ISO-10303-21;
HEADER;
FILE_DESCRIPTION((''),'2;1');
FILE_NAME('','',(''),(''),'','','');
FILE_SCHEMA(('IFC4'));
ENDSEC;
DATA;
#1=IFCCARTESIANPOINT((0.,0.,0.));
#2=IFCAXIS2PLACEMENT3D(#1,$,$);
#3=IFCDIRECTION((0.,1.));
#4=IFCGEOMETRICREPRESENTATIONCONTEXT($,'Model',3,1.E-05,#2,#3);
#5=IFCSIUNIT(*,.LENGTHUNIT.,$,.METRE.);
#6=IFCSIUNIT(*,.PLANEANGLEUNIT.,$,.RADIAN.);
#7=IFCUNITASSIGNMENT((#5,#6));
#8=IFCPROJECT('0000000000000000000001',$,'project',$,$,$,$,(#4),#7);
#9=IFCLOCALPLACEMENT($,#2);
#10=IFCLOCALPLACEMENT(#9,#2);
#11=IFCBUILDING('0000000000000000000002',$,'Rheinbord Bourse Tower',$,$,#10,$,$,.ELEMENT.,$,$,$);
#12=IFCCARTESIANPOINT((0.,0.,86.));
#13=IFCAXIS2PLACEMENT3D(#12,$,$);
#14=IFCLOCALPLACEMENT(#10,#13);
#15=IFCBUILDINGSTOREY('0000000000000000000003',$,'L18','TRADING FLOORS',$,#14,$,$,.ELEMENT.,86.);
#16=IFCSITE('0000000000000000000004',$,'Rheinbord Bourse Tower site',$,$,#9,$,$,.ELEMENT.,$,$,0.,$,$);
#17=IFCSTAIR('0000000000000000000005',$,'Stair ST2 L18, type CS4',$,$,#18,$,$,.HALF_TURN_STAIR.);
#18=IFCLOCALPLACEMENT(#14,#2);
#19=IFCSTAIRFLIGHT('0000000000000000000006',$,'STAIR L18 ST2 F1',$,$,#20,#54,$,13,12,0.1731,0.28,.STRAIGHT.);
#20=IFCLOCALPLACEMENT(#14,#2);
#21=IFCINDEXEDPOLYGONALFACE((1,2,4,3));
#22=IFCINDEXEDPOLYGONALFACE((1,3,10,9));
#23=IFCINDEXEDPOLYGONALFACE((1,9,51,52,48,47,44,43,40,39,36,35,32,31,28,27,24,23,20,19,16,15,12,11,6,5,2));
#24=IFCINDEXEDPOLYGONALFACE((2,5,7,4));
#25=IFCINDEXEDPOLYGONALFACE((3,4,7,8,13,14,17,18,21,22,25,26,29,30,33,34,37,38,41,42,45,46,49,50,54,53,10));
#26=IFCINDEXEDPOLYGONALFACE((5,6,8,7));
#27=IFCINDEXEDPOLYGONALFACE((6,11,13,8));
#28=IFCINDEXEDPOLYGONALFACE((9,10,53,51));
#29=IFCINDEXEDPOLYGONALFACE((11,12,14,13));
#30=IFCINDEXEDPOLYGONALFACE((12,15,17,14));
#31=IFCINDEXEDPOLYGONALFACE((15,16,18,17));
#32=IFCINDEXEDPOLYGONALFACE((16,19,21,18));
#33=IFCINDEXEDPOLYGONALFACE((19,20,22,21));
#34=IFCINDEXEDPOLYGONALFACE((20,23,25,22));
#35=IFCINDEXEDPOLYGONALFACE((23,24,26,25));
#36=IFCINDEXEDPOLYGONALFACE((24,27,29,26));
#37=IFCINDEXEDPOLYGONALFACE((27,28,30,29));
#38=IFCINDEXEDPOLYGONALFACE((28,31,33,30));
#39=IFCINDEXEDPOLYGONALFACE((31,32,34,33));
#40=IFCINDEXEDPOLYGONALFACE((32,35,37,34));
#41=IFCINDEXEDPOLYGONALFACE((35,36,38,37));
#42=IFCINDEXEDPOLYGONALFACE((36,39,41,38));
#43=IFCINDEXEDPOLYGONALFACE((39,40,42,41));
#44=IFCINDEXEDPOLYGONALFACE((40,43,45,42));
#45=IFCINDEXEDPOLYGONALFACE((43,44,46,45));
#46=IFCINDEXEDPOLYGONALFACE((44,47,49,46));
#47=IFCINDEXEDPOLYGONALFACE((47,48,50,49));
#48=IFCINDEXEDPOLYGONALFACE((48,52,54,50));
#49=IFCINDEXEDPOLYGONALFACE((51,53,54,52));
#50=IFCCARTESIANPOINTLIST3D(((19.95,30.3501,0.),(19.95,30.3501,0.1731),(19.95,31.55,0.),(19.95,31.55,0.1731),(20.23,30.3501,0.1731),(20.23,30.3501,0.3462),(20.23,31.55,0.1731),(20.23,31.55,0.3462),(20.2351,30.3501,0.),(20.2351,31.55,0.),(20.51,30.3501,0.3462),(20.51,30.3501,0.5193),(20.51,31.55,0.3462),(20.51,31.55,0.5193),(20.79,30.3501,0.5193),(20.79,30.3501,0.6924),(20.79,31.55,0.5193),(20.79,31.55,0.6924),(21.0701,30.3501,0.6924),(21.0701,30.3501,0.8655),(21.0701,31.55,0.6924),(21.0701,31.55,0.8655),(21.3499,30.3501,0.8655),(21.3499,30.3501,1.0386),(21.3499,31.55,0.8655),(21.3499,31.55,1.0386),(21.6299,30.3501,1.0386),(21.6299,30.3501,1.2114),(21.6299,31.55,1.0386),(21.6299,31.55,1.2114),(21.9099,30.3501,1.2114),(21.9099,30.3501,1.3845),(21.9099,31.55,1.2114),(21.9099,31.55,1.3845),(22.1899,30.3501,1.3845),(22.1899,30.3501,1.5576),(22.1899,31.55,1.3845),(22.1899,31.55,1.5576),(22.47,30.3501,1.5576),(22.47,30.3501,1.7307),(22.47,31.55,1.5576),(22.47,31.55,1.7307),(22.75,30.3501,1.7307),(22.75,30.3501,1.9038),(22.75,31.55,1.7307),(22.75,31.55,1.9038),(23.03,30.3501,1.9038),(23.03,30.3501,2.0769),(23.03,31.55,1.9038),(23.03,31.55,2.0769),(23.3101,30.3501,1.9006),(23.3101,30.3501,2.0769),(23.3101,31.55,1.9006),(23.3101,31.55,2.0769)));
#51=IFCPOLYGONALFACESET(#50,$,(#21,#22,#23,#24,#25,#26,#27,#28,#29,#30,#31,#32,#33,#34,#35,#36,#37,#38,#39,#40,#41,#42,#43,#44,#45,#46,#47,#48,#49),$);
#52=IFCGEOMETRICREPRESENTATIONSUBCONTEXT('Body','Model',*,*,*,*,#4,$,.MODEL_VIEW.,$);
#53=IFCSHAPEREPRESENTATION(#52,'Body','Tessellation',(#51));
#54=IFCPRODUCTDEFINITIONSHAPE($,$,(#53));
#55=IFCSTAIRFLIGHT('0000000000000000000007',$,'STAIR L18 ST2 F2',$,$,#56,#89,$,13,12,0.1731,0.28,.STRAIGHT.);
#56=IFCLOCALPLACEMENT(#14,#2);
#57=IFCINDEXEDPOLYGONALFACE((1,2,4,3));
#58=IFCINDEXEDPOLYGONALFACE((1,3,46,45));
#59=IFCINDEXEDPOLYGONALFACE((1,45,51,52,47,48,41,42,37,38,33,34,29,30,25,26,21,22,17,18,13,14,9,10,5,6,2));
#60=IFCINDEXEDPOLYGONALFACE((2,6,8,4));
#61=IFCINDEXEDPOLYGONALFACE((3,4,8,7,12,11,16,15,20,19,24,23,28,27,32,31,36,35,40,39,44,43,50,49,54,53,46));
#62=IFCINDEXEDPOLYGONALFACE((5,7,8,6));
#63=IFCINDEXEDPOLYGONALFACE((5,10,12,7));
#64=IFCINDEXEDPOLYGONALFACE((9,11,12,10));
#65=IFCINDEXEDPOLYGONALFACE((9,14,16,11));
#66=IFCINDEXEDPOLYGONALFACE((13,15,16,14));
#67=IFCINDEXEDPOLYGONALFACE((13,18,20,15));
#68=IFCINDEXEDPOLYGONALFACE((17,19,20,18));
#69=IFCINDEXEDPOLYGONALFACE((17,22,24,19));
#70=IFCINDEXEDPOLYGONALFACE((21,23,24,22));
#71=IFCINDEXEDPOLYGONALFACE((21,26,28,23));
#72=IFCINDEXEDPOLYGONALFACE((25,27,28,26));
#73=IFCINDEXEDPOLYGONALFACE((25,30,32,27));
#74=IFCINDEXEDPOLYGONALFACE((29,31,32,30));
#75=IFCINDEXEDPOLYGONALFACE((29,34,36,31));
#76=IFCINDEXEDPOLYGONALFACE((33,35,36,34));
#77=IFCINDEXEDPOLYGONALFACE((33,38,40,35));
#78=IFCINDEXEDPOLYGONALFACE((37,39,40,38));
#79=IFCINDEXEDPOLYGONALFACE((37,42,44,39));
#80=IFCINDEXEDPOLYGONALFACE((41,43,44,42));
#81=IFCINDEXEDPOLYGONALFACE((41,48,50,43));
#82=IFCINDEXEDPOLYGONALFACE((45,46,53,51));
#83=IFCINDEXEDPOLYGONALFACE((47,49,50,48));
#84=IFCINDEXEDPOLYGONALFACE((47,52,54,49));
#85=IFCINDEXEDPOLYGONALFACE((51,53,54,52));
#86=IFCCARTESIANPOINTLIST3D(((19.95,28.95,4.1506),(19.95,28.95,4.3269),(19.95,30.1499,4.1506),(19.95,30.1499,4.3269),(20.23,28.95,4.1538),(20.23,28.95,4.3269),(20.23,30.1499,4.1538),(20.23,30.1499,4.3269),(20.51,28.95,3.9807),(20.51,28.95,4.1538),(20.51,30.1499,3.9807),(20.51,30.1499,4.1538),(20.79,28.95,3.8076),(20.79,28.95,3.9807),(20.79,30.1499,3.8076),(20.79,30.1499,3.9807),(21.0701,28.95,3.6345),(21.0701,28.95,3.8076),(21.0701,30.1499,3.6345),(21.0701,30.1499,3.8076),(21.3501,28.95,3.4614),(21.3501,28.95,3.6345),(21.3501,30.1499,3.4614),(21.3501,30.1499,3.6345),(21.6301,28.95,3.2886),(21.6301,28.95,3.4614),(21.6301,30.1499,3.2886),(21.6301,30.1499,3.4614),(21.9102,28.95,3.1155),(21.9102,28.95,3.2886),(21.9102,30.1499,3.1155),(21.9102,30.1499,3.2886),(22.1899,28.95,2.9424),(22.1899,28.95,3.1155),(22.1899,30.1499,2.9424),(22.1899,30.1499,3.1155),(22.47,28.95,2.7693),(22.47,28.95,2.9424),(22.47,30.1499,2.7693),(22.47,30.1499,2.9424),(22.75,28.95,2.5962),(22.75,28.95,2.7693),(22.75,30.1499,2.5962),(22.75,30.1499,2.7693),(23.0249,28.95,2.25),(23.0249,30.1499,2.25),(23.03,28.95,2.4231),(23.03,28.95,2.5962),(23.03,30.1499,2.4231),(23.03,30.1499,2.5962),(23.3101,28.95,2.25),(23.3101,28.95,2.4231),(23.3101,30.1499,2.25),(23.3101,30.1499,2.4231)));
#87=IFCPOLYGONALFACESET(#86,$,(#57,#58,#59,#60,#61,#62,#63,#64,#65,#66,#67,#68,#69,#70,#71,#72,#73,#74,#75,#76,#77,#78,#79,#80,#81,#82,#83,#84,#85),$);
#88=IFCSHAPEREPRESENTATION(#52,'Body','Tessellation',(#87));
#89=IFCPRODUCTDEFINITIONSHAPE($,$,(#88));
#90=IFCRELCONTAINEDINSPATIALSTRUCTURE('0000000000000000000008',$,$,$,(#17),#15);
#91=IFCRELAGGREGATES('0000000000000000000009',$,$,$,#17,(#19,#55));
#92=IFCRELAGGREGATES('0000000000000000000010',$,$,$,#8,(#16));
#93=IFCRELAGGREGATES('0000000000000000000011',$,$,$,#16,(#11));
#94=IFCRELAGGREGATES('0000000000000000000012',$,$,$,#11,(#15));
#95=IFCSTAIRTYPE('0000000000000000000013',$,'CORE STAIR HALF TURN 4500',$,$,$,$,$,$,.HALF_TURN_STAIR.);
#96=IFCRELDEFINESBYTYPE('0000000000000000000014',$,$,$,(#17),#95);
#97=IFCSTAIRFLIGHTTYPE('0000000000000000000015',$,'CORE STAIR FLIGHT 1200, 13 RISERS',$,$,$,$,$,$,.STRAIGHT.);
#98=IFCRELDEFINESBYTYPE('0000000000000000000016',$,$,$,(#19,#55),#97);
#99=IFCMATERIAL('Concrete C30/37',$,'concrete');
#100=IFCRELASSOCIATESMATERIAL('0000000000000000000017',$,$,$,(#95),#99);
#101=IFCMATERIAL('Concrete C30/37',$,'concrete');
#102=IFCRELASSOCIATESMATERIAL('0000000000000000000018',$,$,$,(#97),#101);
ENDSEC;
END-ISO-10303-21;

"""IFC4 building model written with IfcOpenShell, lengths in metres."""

from ifc_helpers import new_model, si_unit, direction, frame, origin, place, context, subcontext, project, spatial, polyline, outline, extrude, material, type_object, element, aggregate, save


model = new_model("IFC4")

# Units and contexts
model_context = context("Model", 3, precision=1e-05, world=origin(), true_north=direction((0.0, 1.0)))
body_context = subcontext(model_context, "Body", "Model", "MODEL_VIEW")
ifc_project = project(units=[si_unit("LENGTHUNIT", "METRE"), si_unit("PLANEANGLEUNIT", "RADIAN")], contexts=[model_context])

# Site, building, storey
site_placement = place(None, origin())
site = spatial("IfcSite", under=ifc_project, at=site_placement, Name="Rheinbord Bourse Tower site", CompositionType="ELEMENT", RefElevation=0.0)
building_placement = place(site_placement, origin())
building = spatial("IfcBuilding", under=site, at=building_placement, Name="Rheinbord Bourse Tower", CompositionType="ELEMENT")
storey_placement = place(building_placement, frame((0.0, 0.0, 86.0)))
storey = spatial("IfcBuildingStorey", under=building, at=storey_placement, Name="L18", Description="TRADING FLOORS", CompositionType="ELEMENT", Elevation=86.0)

# Stair, stair flights
ifc_material_1 = material(Name="Concrete C30/37", Category="concrete")
stair_type = type_object("IfcStairType", Name="CORE STAIR HALF TURN 4500", PredefinedType="HALF_TURN_STAIR", material=ifc_material_1)
stair_placement = place(storey_placement, origin())
stair = element("IfcStair", 1, at=stair_placement, inside=storey, type_object=stair_type, Name="Stair ST2 L18, type CS4", PredefinedType="HALF_TURN_STAIR")
ifc_material_2 = material(Name="Concrete C30/37", Category="concrete")
stair_flight_type = type_object("IfcStairFlightType", Name="CORE STAIR FLIGHT 1200, 13 RISERS", PredefinedType="STRAIGHT", material=ifc_material_2)
stair_flight_1_placement = place(storey_placement, frame((19.95, 30.95, 0.0), z_axis=(0.0, 0.0, 1.0), x_axis=(1.0, 0.0, 0.0)))
stair_flight_1 = element("IfcStairFlight", 2, at=stair_flight_1_placement, type_object=stair_flight_type, Name="STAIR L18 ST2 F1", NumberOfRisers=13, NumberOfTreads=12, PredefinedType="STRAIGHT", RiserHeight=0.1731, TreadLength=0.28, context=body_context, shape_type="SweptSolid", body=[
    extrude(outline(polyline([(0.0, 0.0), (0.0, 0.1731), (0.28, 0.1731), (0.28, 0.3462), (0.5601, 0.3462), (0.5601, 0.5193), (0.8401, 0.5193), (0.8401, 0.6924), (1.1201, 0.6924), (1.1201, 0.8655), (1.3999, 0.8655), (1.3999, 1.0386), (1.6799, 1.0386), (1.6799, 1.2114), (1.96, 1.2114), (1.96, 1.3845), (2.24, 1.3845), (2.24, 1.5576), (2.52, 1.5576), (2.52, 1.7307), (2.8, 1.7307), (2.8, 1.9038), (3.0801, 1.9038), (3.0801, 2.0769), (3.3601, 2.0769), (3.3601, 2.25), (3.3601, 1.9006), (0.2852, 0.0), (0.0, 0.0)])), frame((0.0, 0.6001, 0.0), z_axis=(0.0, -1.0, 0.0), x_axis=(1.0, 0.0, 0.0)), (0.0, 0.0, 1.0), 1.2),
])
stair_flight_2_placement = place(storey_placement, frame((23.3101, 29.55, 2.25), z_axis=(0.0, 0.0, 1.0), x_axis=(-1.0, 0.0, 0.0)))
stair_flight_2 = element("IfcStairFlight", 3, at=stair_flight_2_placement, type_object=stair_flight_type, Name="STAIR L18 ST2 F2", NumberOfRisers=13, NumberOfTreads=12, PredefinedType="STRAIGHT", RiserHeight=0.1731, TreadLength=0.28, context=body_context, shape_type="SweptSolid", body=[
    extrude(outline(polyline([(0.0, 0.0), (0.0, 0.1731), (0.28, 0.1731), (0.28, 0.3462), (0.5601, 0.3462), (0.5601, 0.5193), (0.8401, 0.5193), (0.8401, 0.6924), (1.1201, 0.6924), (1.1201, 0.8655), (1.3999, 0.8655), (1.3999, 1.0386), (1.6799, 1.0386), (1.6799, 1.2114), (1.96, 1.2114), (1.96, 1.3845), (2.24, 1.3845), (2.24, 1.5576), (2.52, 1.5576), (2.52, 1.7307), (2.8, 1.7307), (2.8, 1.9038), (3.0801, 1.9038), (3.0801, 2.0769), (3.3601, 2.0769), (3.3601, 2.25), (3.3601, 1.9006), (0.2852, 0.0), (0.0, 0.0)])), frame((0.0, 0.6001, 0.0), z_axis=(0.0, -1.0, 0.0), x_axis=(1.0, 0.0, 0.0)), (0.0, 0.0, 1.0), 1.2),
])
aggregate(stair, [stair_flight_1, stair_flight_2])

save(model, "model.ifc")
